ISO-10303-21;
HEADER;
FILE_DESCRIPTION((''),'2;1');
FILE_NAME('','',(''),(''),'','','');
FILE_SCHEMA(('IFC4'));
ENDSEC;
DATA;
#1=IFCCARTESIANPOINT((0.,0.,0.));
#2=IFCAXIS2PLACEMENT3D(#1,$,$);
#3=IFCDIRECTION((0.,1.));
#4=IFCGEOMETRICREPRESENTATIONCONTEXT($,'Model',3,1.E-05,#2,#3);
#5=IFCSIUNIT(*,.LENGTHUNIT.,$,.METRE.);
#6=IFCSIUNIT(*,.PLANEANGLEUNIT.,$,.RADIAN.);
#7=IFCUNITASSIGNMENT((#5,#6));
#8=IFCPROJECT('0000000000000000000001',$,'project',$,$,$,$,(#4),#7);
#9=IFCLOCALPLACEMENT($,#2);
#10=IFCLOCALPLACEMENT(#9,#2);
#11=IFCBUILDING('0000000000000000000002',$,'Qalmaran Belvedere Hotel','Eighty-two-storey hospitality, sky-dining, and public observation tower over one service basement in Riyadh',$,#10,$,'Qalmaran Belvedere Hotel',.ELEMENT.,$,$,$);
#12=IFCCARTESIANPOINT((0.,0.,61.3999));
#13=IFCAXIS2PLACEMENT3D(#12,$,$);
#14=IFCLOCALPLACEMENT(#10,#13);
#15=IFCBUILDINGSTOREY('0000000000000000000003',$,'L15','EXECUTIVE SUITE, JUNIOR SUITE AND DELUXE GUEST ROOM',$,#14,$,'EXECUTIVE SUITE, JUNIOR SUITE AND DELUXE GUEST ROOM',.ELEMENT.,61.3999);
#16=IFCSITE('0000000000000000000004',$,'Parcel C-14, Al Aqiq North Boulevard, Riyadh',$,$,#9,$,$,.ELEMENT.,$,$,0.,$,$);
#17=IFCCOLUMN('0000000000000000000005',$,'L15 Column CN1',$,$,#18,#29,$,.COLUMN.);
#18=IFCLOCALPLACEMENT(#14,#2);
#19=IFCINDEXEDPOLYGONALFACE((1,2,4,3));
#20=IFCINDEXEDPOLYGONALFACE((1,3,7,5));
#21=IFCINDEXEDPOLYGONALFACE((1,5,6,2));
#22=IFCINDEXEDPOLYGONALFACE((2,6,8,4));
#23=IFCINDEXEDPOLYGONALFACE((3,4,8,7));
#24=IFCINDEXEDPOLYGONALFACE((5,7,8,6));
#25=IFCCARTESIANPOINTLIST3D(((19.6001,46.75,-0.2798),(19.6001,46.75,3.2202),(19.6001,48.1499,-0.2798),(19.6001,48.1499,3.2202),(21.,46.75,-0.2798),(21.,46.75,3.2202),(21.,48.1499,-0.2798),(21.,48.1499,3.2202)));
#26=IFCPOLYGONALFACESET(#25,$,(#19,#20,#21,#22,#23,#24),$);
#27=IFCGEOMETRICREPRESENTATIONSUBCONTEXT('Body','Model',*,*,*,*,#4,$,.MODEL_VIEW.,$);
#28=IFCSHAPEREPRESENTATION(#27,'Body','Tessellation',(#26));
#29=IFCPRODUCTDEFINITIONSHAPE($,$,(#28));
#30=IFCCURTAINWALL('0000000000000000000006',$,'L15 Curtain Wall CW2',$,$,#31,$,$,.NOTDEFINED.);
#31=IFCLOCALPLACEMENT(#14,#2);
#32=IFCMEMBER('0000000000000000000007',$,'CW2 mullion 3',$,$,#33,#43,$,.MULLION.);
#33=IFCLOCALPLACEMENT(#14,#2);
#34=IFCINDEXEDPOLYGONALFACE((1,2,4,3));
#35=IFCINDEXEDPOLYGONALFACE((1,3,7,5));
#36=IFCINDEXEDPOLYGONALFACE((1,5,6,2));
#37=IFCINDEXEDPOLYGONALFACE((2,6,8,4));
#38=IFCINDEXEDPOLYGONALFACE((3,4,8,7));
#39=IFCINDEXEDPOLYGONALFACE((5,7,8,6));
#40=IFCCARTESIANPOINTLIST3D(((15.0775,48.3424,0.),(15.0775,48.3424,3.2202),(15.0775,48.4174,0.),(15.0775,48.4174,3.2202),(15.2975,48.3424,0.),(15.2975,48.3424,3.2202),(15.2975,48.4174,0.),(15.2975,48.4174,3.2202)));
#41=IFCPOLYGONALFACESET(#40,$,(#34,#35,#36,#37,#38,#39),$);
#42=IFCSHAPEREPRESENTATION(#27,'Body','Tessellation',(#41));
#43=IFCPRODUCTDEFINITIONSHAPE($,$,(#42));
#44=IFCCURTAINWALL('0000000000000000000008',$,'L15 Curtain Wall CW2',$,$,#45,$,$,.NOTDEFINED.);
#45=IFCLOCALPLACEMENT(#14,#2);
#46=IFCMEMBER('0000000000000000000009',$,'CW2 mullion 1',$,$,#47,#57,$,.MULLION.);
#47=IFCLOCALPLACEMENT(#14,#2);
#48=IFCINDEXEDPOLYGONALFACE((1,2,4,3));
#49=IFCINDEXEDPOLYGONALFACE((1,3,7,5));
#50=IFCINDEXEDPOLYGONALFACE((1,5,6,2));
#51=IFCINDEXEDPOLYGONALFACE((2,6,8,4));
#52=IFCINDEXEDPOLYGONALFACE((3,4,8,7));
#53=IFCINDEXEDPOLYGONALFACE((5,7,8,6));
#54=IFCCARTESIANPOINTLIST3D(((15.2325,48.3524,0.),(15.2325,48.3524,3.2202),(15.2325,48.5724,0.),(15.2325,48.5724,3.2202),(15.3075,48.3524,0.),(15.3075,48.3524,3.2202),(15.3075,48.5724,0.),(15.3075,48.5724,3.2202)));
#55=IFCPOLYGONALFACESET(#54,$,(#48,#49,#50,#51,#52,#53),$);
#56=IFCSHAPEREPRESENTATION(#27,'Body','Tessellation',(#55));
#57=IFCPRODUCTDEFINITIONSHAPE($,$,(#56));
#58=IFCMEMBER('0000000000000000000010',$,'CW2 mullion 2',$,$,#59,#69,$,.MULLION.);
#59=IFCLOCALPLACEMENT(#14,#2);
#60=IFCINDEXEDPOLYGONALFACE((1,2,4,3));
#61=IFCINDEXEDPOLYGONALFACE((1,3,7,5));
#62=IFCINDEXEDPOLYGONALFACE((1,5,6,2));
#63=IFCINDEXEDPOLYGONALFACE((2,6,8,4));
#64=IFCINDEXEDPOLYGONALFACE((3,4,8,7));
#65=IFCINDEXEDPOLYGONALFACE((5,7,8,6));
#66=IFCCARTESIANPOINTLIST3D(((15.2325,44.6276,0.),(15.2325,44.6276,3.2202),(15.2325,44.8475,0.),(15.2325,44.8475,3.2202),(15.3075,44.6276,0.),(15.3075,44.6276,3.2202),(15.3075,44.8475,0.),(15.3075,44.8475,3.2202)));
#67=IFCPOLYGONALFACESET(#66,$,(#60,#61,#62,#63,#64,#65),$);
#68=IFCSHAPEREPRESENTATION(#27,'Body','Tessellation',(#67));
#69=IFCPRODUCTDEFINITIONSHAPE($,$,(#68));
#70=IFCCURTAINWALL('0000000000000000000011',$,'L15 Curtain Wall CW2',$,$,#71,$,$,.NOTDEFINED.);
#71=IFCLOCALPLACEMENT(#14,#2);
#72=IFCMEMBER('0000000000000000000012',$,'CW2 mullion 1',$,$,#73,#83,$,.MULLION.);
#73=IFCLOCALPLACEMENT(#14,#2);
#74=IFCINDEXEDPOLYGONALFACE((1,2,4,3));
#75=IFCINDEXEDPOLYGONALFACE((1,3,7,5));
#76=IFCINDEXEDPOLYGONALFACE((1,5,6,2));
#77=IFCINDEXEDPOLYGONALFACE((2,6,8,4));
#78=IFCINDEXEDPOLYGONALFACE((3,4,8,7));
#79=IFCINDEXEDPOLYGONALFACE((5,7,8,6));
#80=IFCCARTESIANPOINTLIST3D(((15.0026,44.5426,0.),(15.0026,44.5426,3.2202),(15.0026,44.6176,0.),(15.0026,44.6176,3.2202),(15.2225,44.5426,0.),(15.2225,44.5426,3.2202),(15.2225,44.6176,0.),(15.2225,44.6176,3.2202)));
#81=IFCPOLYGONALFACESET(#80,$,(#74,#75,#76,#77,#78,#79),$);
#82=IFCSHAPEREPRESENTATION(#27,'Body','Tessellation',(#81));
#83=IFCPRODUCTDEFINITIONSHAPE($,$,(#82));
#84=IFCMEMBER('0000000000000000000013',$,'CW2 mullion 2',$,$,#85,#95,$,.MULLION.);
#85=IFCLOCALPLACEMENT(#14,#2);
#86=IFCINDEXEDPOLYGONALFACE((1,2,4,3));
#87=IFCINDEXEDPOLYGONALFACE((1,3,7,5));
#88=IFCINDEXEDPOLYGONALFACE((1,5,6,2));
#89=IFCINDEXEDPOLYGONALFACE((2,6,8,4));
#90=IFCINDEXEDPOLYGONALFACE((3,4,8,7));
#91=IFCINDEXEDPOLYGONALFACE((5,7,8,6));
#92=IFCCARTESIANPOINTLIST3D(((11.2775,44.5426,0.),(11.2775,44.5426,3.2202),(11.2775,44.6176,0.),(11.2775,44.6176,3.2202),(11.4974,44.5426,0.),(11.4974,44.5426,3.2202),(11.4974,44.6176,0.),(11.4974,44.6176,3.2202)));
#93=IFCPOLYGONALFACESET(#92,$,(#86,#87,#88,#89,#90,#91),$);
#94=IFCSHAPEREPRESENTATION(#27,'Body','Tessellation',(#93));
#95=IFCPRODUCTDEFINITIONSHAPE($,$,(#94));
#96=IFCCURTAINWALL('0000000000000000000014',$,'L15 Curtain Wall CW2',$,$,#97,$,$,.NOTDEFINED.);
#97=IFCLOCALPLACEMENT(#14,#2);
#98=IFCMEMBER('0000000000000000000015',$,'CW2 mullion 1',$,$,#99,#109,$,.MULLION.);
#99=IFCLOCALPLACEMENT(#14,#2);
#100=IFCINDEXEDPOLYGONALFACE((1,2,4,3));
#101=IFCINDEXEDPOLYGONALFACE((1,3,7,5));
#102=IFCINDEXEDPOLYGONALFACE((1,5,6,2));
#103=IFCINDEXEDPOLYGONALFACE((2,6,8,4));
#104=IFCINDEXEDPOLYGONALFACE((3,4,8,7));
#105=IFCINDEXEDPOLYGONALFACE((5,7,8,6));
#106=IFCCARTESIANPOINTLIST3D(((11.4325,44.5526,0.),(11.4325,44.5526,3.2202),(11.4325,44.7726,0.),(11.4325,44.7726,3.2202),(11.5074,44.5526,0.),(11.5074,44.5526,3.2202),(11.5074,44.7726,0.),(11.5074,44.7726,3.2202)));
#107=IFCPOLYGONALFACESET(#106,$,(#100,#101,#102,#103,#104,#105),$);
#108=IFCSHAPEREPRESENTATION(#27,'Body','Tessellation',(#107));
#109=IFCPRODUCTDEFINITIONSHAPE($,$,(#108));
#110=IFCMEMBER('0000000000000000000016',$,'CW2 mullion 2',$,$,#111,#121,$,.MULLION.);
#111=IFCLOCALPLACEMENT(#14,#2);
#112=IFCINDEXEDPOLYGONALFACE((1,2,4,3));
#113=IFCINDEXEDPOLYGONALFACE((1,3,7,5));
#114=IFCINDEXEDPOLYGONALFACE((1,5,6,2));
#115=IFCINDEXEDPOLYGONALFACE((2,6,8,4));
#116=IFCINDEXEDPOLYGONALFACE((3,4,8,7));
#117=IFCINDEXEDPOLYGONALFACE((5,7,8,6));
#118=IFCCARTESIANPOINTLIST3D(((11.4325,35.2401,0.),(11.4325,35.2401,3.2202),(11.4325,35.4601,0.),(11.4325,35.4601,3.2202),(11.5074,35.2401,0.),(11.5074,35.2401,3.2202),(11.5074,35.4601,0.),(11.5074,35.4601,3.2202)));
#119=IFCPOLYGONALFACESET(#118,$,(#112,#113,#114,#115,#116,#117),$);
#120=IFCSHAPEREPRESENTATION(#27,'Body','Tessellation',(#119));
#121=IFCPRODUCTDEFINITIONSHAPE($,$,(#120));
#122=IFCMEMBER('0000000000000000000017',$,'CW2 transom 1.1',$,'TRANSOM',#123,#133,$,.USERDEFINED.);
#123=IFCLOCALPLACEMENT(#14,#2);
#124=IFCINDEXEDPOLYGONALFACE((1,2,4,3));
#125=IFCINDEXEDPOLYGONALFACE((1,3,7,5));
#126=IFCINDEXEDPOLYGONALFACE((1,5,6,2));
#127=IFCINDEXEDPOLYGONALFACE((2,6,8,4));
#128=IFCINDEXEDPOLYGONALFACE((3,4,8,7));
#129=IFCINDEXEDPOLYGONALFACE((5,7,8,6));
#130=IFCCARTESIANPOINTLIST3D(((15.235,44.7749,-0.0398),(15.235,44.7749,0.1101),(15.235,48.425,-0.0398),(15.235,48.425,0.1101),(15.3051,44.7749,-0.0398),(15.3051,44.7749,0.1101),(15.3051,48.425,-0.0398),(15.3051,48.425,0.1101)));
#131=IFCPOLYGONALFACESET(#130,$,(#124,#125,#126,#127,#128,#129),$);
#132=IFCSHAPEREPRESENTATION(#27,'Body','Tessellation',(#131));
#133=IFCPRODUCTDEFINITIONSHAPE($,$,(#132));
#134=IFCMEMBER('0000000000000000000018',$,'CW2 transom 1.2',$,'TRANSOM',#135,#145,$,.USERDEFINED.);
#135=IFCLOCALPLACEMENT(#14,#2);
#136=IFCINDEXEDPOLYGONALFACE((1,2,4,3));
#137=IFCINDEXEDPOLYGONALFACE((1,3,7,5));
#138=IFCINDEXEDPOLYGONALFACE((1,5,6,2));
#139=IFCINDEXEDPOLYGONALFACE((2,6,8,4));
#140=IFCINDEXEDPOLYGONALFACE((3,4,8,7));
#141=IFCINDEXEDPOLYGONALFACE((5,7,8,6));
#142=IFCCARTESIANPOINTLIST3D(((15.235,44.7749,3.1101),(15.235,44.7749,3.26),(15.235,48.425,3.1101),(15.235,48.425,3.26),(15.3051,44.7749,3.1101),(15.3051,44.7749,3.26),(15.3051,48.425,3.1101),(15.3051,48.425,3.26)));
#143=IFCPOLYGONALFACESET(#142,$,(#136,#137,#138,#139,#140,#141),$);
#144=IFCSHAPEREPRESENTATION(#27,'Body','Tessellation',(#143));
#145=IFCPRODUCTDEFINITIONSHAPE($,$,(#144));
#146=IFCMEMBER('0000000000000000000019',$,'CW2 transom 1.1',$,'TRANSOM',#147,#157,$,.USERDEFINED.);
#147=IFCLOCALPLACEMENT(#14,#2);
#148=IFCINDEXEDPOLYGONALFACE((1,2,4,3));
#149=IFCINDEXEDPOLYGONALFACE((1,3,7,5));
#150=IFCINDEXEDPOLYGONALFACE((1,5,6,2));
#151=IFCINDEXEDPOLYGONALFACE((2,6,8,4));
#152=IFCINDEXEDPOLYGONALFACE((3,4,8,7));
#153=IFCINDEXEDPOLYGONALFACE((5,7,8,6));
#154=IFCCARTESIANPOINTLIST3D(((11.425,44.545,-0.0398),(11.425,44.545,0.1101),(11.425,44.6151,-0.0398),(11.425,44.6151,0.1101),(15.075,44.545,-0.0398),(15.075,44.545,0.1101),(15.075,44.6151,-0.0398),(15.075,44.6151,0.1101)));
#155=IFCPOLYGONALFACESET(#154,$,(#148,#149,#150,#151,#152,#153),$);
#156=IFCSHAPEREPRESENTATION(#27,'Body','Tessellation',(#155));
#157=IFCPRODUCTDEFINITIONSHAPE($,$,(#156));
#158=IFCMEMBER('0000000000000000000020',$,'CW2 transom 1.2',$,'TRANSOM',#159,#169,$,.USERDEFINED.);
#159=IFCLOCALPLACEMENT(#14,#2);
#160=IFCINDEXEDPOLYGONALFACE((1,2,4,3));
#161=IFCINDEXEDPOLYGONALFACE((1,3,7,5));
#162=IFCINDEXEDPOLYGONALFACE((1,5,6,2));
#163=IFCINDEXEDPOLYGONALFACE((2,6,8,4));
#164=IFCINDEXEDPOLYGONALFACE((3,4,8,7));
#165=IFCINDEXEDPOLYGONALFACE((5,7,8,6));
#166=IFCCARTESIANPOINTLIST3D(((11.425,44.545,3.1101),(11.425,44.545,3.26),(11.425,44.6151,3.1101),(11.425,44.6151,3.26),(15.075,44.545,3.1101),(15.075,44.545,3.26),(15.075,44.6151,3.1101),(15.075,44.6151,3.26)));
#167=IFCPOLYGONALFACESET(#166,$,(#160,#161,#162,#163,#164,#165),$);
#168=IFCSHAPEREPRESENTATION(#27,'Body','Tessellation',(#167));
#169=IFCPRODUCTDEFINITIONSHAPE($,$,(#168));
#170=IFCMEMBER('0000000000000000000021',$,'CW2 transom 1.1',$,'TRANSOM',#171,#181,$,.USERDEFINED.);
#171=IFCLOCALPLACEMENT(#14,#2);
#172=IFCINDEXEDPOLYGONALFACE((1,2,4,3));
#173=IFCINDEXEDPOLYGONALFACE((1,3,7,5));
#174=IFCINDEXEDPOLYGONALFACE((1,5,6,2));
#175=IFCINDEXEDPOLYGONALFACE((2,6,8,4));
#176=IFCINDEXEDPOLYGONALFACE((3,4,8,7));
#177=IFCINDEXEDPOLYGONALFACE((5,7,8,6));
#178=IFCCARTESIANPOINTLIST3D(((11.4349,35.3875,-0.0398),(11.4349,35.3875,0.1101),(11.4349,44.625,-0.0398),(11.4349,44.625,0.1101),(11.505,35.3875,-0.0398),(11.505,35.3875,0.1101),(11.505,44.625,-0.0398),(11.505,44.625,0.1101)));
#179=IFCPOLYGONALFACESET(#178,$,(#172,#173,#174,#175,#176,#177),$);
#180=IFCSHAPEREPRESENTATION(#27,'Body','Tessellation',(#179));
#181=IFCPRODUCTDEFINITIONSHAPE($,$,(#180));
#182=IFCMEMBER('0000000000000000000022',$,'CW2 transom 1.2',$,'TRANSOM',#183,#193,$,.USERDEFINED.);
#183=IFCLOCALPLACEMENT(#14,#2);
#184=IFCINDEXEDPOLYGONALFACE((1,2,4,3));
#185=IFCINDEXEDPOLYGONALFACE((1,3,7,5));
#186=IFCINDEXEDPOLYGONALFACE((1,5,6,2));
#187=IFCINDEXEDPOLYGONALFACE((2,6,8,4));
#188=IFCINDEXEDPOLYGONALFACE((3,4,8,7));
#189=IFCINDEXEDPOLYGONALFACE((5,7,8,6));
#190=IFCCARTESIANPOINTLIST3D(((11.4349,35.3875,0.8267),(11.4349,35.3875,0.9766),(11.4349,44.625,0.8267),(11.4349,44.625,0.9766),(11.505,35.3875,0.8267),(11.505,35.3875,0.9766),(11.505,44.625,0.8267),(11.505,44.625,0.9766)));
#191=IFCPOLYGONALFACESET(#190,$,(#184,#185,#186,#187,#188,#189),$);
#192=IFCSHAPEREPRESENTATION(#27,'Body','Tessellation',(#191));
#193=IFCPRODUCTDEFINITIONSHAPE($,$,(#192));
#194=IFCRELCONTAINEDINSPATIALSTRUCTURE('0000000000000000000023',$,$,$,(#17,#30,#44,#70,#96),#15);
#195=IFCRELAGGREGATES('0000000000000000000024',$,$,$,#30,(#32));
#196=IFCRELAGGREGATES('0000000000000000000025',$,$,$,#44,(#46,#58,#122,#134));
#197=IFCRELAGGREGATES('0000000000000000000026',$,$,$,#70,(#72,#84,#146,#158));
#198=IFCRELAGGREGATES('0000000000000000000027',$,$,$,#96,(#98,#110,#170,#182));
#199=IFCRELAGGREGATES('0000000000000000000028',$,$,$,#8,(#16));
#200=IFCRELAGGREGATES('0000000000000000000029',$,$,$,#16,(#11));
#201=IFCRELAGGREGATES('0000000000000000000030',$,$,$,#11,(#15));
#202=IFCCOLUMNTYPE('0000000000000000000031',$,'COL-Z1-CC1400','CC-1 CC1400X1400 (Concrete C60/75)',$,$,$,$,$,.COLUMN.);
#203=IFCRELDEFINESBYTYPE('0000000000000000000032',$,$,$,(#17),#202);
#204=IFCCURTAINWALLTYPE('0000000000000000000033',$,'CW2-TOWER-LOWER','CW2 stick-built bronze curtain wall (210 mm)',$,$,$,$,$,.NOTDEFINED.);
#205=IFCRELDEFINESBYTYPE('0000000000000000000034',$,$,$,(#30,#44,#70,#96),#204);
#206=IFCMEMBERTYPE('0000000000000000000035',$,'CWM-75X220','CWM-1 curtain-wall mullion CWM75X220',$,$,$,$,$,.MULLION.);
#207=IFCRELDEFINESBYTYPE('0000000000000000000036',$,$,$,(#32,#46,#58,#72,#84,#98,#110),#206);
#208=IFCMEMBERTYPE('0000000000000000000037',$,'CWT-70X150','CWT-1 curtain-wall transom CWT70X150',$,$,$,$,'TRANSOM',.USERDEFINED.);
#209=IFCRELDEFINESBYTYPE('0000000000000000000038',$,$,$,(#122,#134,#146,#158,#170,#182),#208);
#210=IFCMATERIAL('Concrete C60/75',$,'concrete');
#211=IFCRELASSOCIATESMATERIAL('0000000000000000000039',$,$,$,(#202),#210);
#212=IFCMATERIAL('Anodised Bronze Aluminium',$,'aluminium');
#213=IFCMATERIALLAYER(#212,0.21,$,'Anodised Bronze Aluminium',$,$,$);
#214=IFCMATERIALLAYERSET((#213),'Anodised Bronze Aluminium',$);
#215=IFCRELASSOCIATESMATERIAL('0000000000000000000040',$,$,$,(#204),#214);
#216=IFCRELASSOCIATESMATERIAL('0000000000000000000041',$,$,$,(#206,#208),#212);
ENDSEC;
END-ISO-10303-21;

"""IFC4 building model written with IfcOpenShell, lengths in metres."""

from ifc_helpers import new_model, si_unit, direction, frame, origin, origin_2d, place, context, subcontext, project, spatial, rectangle, extrude, material, layer, layer_set, material_profile, profile_set, type_object, element, aggregate, save


model = new_model("IFC4")

# Units and contexts
model_context = context("Model", 3, precision=1e-05, world=origin(), true_north=direction((0.0, 1.0)))
body_context = subcontext(model_context, "Body", "Model", "MODEL_VIEW")
ifc_project = project(units=[si_unit("LENGTHUNIT", "METRE"), si_unit("PLANEANGLEUNIT", "RADIAN")], contexts=[model_context])

# Site, building, storey
site_placement = place(None, origin())
site = spatial("IfcSite", under=ifc_project, at=site_placement, Name="Parcel C-14, Al Aqiq North Boulevard, Riyadh", CompositionType="ELEMENT", RefElevation=0.0)
building_placement = place(site_placement, origin())
building = spatial("IfcBuilding", under=site, at=building_placement, Name="Qalmaran Belvedere Hotel", Description="Eighty-two-storey hospitality, sky-dining, and public observation tower over one service basement in Riyadh", LongName="Qalmaran Belvedere Hotel", CompositionType="ELEMENT")
storey_placement = place(building_placement, frame((0.0, 0.0, 61.3999)))
storey = spatial("IfcBuildingStorey", under=building, at=storey_placement, Name="L15", Description="EXECUTIVE SUITE, JUNIOR SUITE AND DELUXE GUEST ROOM", LongName="EXECUTIVE SUITE, JUNIOR SUITE AND DELUXE GUEST ROOM", CompositionType="ELEMENT", Elevation=61.3999)

# Column
ifc_material_1 = material(Name="Concrete C60/75", Category="concrete")
ifc_material_profile_1 = material_profile(ifc_material_1, rectangle(XDim=1.3999, YDim=1.3999, at=origin_2d()), Name="CC1400X1400")
ifc_profile_set_1 = profile_set([ifc_material_profile_1], Name="Concrete C60/75")
column_type = type_object("IfcColumnType", Name="COL-Z1-CC1400", Description="CC-1 CC1400X1400 (Concrete C60/75)", PredefinedType="COLUMN", material=ifc_profile_set_1)
column_placement = place(storey_placement, frame((20.3, 47.45, -0.2798), z_axis=(0.0, 0.0, 1.0), x_axis=(1.0, 0.0, 0.0)))
element("IfcColumn", 1, at=column_placement, inside=storey, type_object=column_type, Name="L15 Column CN1", PredefinedType="COLUMN", context=body_context, shape_type="SweptSolid", body=[
    extrude(rectangle(XDim=1.3999, YDim=1.3999, at=origin_2d()), origin(), (0.0, 0.0, 1.0), 3.5),
])

# Curtain wall, member
ifc_material_2 = material(Name="Anodised Bronze Aluminium", Category="aluminium")
ifc_layer_1 = layer(ifc_material_2, 0.21, Name="Anodised Bronze Aluminium")
ifc_layer_set_1 = layer_set([ifc_layer_1], Name="Anodised Bronze Aluminium")
curtain_wall_type = type_object("IfcCurtainWallType", Name="CW2-TOWER-LOWER", Description="CW2 stick-built bronze curtain wall (210 mm)", PredefinedType="NOTDEFINED", material=ifc_layer_set_1)
curtain_wall_1_placement = place(storey_placement, origin())
curtain_wall_1 = element("IfcCurtainWall", 2, at=curtain_wall_1_placement, inside=storey, type_object=curtain_wall_type, Name="L15 Curtain Wall CW2", PredefinedType="NOTDEFINED")
ifc_material_profile_2 = material_profile(ifc_material_2, rectangle(XDim=0.075, YDim=0.22, at=origin_2d()), Name="CWM75X220")
ifc_profile_set_2 = profile_set([ifc_material_profile_2], Name="Anodised Bronze Aluminium")
member_type_1 = type_object("IfcMemberType", Name="CWM-75X220", Description="CWM-1 curtain-wall mullion CWM75X220", PredefinedType="MULLION", material=ifc_profile_set_2)
member_1_placement = place(storey_placement, frame((15.1875, 48.3799, 0.0), z_axis=(0.0, 0.0, 1.0), x_axis=(0.0, -1.0, 0.0)))
member_1 = element("IfcMember", 3, at=member_1_placement, type_object=member_type_1, Name="CW2 mullion 3", PredefinedType="MULLION", context=body_context, shape_type="SweptSolid", body=[
    extrude(rectangle(XDim=0.075, YDim=0.22, at=origin_2d()), origin(), (0.0, 0.0, 1.0), 3.2202),
])

# Curtain walls, members
curtain_wall_2_placement = place(storey_placement, origin())
curtain_wall_2 = element("IfcCurtainWall", 4, at=curtain_wall_2_placement, inside=storey, type_object=curtain_wall_type, Name="L15 Curtain Wall CW2", PredefinedType="NOTDEFINED")
member_2_placement = place(storey_placement, frame((15.27, 48.4624, 0.0), z_axis=(0.0, 0.0, 1.0), x_axis=(1.0, 0.0, 0.0)))
member_2 = element("IfcMember", 5, at=member_2_placement, type_object=member_type_1, Name="CW2 mullion 1", PredefinedType="MULLION", context=body_context, shape_type="SweptSolid", body=[
    extrude(rectangle(XDim=0.075, YDim=0.22, at=origin_2d()), origin(), (0.0, 0.0, 1.0), 3.2202),
])
member_3_placement = place(storey_placement, frame((15.27, 44.7375, 0.0), z_axis=(0.0, 0.0, 1.0), x_axis=(1.0, 0.0, 0.0)))
member_3 = element("IfcMember", 6, at=member_3_placement, type_object=member_type_1, Name="CW2 mullion 2", PredefinedType="MULLION", context=body_context, shape_type="SweptSolid", body=[
    extrude(rectangle(XDim=0.075, YDim=0.22, at=origin_2d()), origin(), (0.0, 0.0, 1.0), 3.2202),
])
curtain_wall_3_placement = place(storey_placement, origin())
curtain_wall_3 = element("IfcCurtainWall", 7, at=curtain_wall_3_placement, inside=storey, type_object=curtain_wall_type, Name="L15 Curtain Wall CW2", PredefinedType="NOTDEFINED")
member_4_placement = place(storey_placement, frame((15.1125, 44.5801, 0.0), z_axis=(0.0, 0.0, 1.0), x_axis=(0.0, -1.0, 0.0)))
member_4 = element("IfcMember", 8, at=member_4_placement, type_object=member_type_1, Name="CW2 mullion 1", PredefinedType="MULLION", context=body_context, shape_type="SweptSolid", body=[
    extrude(rectangle(XDim=0.075, YDim=0.22, at=origin_2d()), origin(), (0.0, 0.0, 1.0), 3.2202),
])
member_5_placement = place(storey_placement, frame((11.3875, 44.5801, 0.0), z_axis=(0.0, 0.0, 1.0), x_axis=(0.0, -1.0, 0.0)))
member_5 = element("IfcMember", 9, at=member_5_placement, type_object=member_type_1, Name="CW2 mullion 2", PredefinedType="MULLION", context=body_context, shape_type="SweptSolid", body=[
    extrude(rectangle(XDim=0.075, YDim=0.22, at=origin_2d()), origin(), (0.0, 0.0, 1.0), 3.2202),
])
curtain_wall_4_placement = place(storey_placement, origin())
curtain_wall_4 = element("IfcCurtainWall", 10, at=curtain_wall_4_placement, inside=storey, type_object=curtain_wall_type, Name="L15 Curtain Wall CW2", PredefinedType="NOTDEFINED")
member_6_placement = place(storey_placement, frame((11.47, 44.6626, 0.0), z_axis=(0.0, 0.0, 1.0), x_axis=(1.0, 0.0, 0.0)))
member_6 = element("IfcMember", 11, at=member_6_placement, type_object=member_type_1, Name="CW2 mullion 1", PredefinedType="MULLION", context=body_context, shape_type="SweptSolid", body=[
    extrude(rectangle(XDim=0.075, YDim=0.22, at=origin_2d()), origin(), (0.0, 0.0, 1.0), 3.2202),
])
member_7_placement = place(storey_placement, frame((11.47, 35.3501, 0.0), z_axis=(0.0, 0.0, 1.0), x_axis=(1.0, 0.0, 0.0)))
member_7 = element("IfcMember", 12, at=member_7_placement, type_object=member_type_1, Name="CW2 mullion 2", PredefinedType="MULLION", context=body_context, shape_type="SweptSolid", body=[
    extrude(rectangle(XDim=0.075, YDim=0.22, at=origin_2d()), origin(), (0.0, 0.0, 1.0), 3.2202),
])

# Members
ifc_material_profile_3 = material_profile(ifc_material_2, rectangle(XDim=0.0701, YDim=0.1499, at=origin_2d()), Name="CWT70X150")
ifc_profile_set_3 = profile_set([ifc_material_profile_3], Name="Anodised Bronze Aluminium")
member_type_2 = type_object("IfcMemberType", Name="CWT-70X150", Description="CWT-1 curtain-wall transom CWT70X150", ElementType="TRANSOM", PredefinedType="USERDEFINED", material=ifc_profile_set_3)
member_8_placement = place(storey_placement, frame((15.27, 48.425, 0.0352), z_axis=(0.0, -1.0, 0.0), x_axis=(1.0, 0.0, 0.0)))
member_8 = element("IfcMember", 13, at=member_8_placement, type_object=member_type_2, Name="CW2 transom 1.1", ObjectType="TRANSOM", PredefinedType="USERDEFINED", context=body_context, shape_type="SweptSolid", body=[
    extrude(rectangle(XDim=0.0701, YDim=0.1499, at=origin_2d()), origin(), (0.0, 0.0, 1.0), 3.6501),
])
member_9_placement = place(storey_placement, frame((15.27, 48.425, 3.1851), z_axis=(0.0, -1.0, 0.0), x_axis=(1.0, 0.0, 0.0)))
member_9 = element("IfcMember", 14, at=member_9_placement, type_object=member_type_2, Name="CW2 transom 1.2", ObjectType="TRANSOM", PredefinedType="USERDEFINED", context=body_context, shape_type="SweptSolid", body=[
    extrude(rectangle(XDim=0.0701, YDim=0.1499, at=origin_2d()), origin(), (0.0, 0.0, 1.0), 3.6501),
])
member_10_placement = place(storey_placement, frame((15.075, 44.5801, 0.0352), z_axis=(-1.0, 0.0, 0.0), x_axis=(0.0, -1.0, 0.0)))
member_10 = element("IfcMember", 15, at=member_10_placement, type_object=member_type_2, Name="CW2 transom 1.1", ObjectType="TRANSOM", PredefinedType="USERDEFINED", context=body_context, shape_type="SweptSolid", body=[
    extrude(rectangle(XDim=0.0701, YDim=0.1499, at=origin_2d()), origin(), (0.0, 0.0, 1.0), 3.6499),
])
member_11_placement = place(storey_placement, frame((15.075, 44.5801, 3.1851), z_axis=(-1.0, 0.0, 0.0), x_axis=(0.0, -1.0, 0.0)))
member_11 = element("IfcMember", 16, at=member_11_placement, type_object=member_type_2, Name="CW2 transom 1.2", ObjectType="TRANSOM", PredefinedType="USERDEFINED", context=body_context, shape_type="SweptSolid", body=[
    extrude(rectangle(XDim=0.0701, YDim=0.1499, at=origin_2d()), origin(), (0.0, 0.0, 1.0), 3.6499),
])
member_12_placement = place(storey_placement, frame((11.47, 44.625, 0.0352), z_axis=(0.0, -1.0, 0.0), x_axis=(1.0, 0.0, 0.0)))
member_12 = element("IfcMember", 17, at=member_12_placement, type_object=member_type_2, Name="CW2 transom 1.1", ObjectType="TRANSOM", PredefinedType="USERDEFINED", context=body_context, shape_type="SweptSolid", body=[
    extrude(rectangle(XDim=0.0701, YDim=0.1499, at=origin_2d()), origin(), (0.0, 0.0, 1.0), 9.2375),
])
member_13_placement = place(storey_placement, frame((11.47, 44.625, 0.9016), z_axis=(0.0, -1.0, 0.0), x_axis=(1.0, 0.0, 0.0)))
member_13 = element("IfcMember", 18, at=member_13_placement, type_object=member_type_2, Name="CW2 transom 1.2", ObjectType="TRANSOM", PredefinedType="USERDEFINED", context=body_context, shape_type="SweptSolid", body=[
    extrude(rectangle(XDim=0.0701, YDim=0.1499, at=origin_2d()), origin(), (0.0, 0.0, 1.0), 9.2375),
])

aggregate(curtain_wall_1, [member_1])
aggregate(curtain_wall_2, [member_2, member_3, member_8, member_9])
aggregate(curtain_wall_3, [member_4, member_5, member_10, member_11])
aggregate(curtain_wall_4, [member_6, member_7, member_12, member_13])

save(model, "model.ifc")
